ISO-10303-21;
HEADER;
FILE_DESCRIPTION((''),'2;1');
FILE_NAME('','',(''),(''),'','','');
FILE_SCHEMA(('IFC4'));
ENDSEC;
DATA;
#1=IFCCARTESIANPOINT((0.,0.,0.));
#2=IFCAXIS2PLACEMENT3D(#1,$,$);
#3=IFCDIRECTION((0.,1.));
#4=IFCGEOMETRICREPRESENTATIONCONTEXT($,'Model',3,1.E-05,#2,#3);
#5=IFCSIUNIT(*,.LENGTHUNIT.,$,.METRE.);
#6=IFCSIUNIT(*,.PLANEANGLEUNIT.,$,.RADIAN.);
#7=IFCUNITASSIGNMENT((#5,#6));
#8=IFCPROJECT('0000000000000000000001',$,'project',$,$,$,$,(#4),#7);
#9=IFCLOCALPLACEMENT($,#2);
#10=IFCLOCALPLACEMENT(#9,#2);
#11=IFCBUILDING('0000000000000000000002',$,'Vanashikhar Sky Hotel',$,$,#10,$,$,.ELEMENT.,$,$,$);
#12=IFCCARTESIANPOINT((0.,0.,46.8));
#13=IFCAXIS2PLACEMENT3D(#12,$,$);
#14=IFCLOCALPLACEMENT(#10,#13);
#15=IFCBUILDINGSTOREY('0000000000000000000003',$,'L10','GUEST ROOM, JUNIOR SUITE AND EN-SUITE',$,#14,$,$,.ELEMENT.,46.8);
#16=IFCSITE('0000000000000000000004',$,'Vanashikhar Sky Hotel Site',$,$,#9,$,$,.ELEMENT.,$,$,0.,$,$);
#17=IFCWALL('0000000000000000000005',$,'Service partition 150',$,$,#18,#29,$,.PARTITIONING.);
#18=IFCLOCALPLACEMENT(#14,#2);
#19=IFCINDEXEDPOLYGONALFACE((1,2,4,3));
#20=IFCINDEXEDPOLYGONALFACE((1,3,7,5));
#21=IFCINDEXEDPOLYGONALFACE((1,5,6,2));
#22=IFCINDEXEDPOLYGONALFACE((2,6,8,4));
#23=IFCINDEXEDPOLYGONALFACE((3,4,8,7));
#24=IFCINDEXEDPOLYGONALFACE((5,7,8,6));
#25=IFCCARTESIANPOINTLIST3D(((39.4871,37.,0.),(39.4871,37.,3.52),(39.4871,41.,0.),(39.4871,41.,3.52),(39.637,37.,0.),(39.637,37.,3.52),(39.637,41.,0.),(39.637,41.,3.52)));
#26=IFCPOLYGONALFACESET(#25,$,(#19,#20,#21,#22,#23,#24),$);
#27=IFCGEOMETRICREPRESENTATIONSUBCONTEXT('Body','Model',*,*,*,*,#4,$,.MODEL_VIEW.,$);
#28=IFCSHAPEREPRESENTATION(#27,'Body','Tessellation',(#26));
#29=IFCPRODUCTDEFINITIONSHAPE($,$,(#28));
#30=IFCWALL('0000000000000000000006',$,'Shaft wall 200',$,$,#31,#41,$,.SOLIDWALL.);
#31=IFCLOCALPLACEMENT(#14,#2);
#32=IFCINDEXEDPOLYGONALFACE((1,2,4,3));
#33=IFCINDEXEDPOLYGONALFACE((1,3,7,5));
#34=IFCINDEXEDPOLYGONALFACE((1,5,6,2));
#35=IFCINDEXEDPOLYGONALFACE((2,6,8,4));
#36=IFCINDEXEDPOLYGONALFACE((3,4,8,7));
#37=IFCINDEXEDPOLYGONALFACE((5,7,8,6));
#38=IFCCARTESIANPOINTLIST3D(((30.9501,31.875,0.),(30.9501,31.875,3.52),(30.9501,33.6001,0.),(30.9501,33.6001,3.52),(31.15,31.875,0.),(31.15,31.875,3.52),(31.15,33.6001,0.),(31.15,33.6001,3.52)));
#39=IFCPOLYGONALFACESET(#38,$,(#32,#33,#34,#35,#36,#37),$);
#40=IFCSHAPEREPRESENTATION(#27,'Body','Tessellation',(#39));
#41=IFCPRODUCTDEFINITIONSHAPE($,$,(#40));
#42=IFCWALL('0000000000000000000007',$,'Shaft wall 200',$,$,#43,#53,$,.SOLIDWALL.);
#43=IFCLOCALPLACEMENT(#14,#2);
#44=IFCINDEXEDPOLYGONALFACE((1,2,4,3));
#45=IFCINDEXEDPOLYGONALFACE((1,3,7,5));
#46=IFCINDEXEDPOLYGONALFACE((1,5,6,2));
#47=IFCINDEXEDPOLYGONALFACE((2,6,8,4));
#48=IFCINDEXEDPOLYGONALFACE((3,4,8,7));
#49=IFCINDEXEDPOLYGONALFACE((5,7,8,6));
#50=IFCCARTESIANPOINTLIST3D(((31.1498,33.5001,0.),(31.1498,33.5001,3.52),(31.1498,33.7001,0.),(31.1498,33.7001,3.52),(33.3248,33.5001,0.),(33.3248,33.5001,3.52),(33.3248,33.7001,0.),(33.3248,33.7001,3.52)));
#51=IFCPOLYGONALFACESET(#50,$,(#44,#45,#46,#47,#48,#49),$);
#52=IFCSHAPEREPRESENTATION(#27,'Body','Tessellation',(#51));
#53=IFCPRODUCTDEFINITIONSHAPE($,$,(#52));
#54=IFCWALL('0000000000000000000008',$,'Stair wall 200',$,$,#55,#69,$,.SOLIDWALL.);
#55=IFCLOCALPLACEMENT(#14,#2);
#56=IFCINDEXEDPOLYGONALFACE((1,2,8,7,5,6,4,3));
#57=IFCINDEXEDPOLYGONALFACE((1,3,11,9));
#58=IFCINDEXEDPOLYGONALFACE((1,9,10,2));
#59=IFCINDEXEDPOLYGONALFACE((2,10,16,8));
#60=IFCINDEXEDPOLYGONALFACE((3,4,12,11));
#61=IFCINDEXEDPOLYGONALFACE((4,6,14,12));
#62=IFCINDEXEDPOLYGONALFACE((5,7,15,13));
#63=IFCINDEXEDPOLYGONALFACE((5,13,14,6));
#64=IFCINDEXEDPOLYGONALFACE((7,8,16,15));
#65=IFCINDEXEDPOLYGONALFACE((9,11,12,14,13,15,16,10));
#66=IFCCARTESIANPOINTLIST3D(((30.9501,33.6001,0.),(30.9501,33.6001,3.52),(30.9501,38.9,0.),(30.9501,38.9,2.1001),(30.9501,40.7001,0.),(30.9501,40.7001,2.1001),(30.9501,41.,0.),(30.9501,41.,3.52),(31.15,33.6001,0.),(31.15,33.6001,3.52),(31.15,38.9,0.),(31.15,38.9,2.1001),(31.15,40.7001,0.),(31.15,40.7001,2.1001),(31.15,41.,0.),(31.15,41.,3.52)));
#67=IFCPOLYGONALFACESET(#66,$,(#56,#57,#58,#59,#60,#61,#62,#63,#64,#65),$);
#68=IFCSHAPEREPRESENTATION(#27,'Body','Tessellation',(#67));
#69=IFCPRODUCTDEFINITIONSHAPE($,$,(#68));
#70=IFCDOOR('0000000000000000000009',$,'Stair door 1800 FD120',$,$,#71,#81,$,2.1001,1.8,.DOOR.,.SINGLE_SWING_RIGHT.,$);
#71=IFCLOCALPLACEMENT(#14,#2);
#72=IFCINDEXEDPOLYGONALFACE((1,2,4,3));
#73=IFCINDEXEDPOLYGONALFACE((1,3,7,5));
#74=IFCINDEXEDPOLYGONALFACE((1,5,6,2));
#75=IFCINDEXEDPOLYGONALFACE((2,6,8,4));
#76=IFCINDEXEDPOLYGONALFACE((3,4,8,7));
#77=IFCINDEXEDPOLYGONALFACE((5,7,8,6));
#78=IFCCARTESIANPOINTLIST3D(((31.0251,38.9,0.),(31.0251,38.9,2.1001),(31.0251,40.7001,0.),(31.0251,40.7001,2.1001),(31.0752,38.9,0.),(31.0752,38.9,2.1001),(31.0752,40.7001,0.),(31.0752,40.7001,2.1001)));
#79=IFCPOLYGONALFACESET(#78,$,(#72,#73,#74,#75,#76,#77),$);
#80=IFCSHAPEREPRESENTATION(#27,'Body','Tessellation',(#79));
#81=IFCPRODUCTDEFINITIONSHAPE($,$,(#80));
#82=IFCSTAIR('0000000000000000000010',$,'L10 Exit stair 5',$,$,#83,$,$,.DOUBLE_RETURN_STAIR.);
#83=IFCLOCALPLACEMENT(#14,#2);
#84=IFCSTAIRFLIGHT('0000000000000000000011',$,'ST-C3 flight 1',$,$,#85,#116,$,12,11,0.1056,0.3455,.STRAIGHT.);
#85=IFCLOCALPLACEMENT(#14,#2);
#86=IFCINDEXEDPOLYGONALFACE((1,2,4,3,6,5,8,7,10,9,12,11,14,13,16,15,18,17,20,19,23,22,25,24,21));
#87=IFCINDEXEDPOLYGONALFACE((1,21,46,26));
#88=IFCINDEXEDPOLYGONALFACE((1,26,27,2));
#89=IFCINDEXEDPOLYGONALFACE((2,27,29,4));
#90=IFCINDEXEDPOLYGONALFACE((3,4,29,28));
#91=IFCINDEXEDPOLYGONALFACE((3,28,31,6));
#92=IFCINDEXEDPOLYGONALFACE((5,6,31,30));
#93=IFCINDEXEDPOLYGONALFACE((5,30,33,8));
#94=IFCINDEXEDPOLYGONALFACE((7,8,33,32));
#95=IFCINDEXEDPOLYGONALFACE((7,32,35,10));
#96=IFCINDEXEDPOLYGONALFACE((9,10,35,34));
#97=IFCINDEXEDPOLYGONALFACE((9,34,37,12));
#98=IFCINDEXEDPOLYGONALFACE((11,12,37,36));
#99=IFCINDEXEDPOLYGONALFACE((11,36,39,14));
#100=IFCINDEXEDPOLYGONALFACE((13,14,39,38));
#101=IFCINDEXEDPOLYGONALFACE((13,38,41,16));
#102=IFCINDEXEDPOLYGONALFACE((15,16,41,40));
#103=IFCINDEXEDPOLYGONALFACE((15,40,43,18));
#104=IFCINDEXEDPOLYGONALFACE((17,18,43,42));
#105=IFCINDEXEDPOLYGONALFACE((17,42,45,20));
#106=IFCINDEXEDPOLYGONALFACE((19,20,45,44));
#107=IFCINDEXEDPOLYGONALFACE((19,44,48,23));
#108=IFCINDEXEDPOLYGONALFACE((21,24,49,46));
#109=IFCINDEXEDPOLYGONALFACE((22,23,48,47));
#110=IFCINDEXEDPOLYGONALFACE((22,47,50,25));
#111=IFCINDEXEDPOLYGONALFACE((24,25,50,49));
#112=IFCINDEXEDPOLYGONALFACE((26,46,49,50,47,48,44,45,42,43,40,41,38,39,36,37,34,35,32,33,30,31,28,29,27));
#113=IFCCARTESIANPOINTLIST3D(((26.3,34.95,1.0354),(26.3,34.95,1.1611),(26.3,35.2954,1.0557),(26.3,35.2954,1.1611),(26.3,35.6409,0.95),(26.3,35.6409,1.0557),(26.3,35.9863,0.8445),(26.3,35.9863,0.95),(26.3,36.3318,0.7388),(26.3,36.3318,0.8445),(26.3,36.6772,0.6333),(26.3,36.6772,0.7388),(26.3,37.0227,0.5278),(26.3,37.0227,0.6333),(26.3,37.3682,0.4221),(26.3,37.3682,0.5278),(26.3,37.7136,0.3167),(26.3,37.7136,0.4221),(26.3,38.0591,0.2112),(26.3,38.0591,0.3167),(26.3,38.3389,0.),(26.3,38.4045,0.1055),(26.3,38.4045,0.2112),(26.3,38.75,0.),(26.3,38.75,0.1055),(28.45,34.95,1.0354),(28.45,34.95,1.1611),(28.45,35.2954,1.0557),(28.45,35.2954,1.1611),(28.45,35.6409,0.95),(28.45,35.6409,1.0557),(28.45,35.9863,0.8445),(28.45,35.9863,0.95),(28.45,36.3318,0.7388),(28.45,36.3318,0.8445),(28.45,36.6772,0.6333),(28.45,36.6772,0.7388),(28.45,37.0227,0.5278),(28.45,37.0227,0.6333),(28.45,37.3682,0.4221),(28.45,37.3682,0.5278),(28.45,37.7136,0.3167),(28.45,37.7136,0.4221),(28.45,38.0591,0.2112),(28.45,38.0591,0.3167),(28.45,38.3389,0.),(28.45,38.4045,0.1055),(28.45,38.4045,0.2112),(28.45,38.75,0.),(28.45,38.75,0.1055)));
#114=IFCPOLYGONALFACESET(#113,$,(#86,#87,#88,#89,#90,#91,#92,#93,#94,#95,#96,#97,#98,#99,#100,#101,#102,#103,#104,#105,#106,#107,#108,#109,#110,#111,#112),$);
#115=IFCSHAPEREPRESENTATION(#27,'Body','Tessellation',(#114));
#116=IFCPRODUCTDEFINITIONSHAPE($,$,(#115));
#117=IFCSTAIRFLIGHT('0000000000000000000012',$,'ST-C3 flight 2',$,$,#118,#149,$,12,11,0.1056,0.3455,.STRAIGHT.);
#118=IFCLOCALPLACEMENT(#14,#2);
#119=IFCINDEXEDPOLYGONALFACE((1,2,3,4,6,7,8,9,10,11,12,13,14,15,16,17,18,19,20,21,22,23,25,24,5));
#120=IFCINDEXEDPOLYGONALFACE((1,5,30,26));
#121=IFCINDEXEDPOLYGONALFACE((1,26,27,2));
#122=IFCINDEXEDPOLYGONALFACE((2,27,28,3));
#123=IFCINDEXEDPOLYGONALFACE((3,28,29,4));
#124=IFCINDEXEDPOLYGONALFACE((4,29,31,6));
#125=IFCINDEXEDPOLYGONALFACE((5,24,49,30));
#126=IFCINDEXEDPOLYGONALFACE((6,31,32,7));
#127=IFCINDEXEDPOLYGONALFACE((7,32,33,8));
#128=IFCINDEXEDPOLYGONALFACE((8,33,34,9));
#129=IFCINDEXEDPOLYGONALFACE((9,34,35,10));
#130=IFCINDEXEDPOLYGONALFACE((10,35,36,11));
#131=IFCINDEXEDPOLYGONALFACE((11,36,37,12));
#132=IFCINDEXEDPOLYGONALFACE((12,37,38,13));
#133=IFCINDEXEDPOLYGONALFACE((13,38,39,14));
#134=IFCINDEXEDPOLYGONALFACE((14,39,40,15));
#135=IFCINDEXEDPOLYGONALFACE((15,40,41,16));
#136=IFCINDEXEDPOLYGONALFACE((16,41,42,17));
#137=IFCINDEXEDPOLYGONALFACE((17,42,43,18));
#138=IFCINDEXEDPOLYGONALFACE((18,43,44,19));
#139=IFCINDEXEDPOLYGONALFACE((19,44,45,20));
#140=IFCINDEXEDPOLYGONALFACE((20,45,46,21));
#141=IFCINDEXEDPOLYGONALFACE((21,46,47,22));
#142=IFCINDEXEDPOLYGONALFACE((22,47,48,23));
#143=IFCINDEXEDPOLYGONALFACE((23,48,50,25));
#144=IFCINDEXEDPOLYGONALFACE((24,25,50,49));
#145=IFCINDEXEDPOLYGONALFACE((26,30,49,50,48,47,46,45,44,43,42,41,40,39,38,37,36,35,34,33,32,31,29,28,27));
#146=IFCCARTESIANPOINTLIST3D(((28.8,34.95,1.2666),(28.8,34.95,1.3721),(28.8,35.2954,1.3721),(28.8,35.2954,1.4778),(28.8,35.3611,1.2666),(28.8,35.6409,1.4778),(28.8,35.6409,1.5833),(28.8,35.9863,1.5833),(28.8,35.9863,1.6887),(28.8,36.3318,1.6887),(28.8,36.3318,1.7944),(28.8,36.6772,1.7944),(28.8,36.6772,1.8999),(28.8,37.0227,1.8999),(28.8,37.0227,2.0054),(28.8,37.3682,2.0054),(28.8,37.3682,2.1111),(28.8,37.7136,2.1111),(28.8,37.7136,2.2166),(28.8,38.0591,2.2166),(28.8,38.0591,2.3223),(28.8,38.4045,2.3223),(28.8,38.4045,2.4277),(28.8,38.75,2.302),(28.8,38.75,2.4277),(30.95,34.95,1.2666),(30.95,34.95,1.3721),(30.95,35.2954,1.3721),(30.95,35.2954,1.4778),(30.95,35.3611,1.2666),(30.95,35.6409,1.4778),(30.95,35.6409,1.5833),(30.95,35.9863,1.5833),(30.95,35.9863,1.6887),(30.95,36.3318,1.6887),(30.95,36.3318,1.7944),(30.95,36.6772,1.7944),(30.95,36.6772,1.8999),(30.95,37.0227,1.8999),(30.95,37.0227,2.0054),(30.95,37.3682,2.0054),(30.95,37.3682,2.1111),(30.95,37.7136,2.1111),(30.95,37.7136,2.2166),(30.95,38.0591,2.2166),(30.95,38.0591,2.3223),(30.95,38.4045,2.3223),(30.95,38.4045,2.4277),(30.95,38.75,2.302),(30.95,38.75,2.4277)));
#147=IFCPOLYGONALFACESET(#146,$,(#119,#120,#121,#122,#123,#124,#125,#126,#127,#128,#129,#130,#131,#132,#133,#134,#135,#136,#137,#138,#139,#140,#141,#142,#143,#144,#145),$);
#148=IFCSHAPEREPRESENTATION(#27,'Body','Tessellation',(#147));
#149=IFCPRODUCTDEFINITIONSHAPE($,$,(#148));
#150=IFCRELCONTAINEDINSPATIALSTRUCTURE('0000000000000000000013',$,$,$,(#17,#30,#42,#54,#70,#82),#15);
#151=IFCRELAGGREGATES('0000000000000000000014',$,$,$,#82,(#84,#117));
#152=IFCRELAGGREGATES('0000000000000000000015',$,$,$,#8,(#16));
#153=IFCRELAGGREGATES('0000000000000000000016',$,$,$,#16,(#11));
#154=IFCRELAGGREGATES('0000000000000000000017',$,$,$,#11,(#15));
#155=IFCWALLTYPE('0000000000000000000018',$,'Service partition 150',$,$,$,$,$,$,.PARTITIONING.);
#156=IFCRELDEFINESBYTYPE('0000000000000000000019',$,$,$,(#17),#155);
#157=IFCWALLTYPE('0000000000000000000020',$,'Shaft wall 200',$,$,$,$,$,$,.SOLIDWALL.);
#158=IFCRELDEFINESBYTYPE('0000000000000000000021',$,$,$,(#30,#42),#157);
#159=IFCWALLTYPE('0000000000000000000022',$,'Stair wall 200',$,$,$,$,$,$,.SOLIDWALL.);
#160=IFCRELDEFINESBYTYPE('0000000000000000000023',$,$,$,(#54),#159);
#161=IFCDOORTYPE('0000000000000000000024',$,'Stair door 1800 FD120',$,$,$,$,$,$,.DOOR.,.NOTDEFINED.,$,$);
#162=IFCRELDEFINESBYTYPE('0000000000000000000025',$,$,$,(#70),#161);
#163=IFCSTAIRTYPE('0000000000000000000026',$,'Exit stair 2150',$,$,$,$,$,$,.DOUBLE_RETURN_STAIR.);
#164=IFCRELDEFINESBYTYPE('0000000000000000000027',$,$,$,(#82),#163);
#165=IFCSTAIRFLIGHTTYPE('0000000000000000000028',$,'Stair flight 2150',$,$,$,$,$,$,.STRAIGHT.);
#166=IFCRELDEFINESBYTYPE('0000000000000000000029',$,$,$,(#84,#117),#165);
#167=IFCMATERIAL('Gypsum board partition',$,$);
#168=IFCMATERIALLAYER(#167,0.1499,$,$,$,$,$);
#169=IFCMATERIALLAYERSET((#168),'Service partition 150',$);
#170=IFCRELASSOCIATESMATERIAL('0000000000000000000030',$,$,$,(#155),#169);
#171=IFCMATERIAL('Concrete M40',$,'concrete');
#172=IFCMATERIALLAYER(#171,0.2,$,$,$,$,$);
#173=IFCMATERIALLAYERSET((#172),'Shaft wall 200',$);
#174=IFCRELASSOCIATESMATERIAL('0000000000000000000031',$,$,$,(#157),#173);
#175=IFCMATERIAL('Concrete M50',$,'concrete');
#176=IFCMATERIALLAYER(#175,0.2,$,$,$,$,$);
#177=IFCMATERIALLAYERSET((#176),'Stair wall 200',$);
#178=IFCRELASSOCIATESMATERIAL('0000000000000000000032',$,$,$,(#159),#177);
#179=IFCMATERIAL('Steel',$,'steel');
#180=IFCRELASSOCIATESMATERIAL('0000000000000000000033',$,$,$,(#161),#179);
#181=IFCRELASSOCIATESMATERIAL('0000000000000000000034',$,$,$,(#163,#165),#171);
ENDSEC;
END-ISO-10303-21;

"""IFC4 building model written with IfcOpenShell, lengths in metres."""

from ifc_helpers import new_model, si_unit, direction, frame, frame_2d, origin, place, context, subcontext, project, spatial, polyline, rectangle, outline, extrude, source, transform, mapped, material, layer, layer_set, type_object, element, fill, aggregate, save


model = new_model("IFC4")

# Units and contexts
model_context = context("Model", 3, precision=1e-05, world=origin(), true_north=direction((0.0, 1.0)))
body_context = subcontext(model_context, "Body", "Model", "MODEL_VIEW")
ifc_project = project(units=[si_unit("LENGTHUNIT", "METRE"), si_unit("PLANEANGLEUNIT", "RADIAN")], contexts=[model_context])

# Site, building, storey
site_placement = place(None, origin())
site = spatial("IfcSite", under=ifc_project, at=site_placement, Name="Vanashikhar Sky Hotel Site", CompositionType="ELEMENT", RefElevation=0.0)
building_placement = place(site_placement, origin())
building = spatial("IfcBuilding", under=site, at=building_placement, Name="Vanashikhar Sky Hotel", CompositionType="ELEMENT")
storey_placement = place(building_placement, frame((0.0, 0.0, 46.8)))
storey = spatial("IfcBuildingStorey", under=building, at=storey_placement, Name="L10", Description="GUEST ROOM, JUNIOR SUITE AND EN-SUITE", CompositionType="ELEMENT", Elevation=46.8)

# Shared definitions
ifc_material_1 = material(Name="Steel", Category="steel")
ifc_material_2 = material(Name="Gypsum board partition")
ifc_layer_1 = layer(ifc_material_2, 0.1499)
ifc_layer_set_1 = layer_set([ifc_layer_1], Name="Service partition 150")
wall_type_1 = type_object("IfcWallType", Name="Service partition 150", PredefinedType="PARTITIONING", material=ifc_layer_set_1)

# Walls
shared_shape_1 = source(origin(), body_context, "Body", "SweptSolid", [
    extrude(rectangle(XDim=4.0, YDim=0.1499, at=frame_2d((2.0, 0.0))), origin(), (0.0, 0.0, 1.0), 3.52),
])
for number, where, z_axis, x_axis, name in (
    (1, (39.562, 37.0, 0.0), (0.0, 0.0, 1.0), (0.0, 1.0, 0.0), "Service partition 150"),
):
    element("IfcWall", number, at=place(storey_placement, frame(where, z_axis=z_axis, x_axis=x_axis)), inside=storey, type_object=wall_type_1, Name=name, PredefinedType="PARTITIONING", context=body_context, shape_type="MappedRepresentation", body=[
        mapped(shared_shape_1, transform((0.0, 0.0, 0.0), scale=1.0)),
    ])
ifc_material_3 = material(Name="Concrete M40", Category="concrete")
ifc_layer_2 = layer(ifc_material_3, 0.2)
ifc_layer_set_2 = layer_set([ifc_layer_2], Name="Shaft wall 200")
wall_type_2 = type_object("IfcWallType", Name="Shaft wall 200", PredefinedType="SOLIDWALL", material=ifc_layer_set_2)
shared_shape_2 = source(origin(), body_context, "Body", "SweptSolid", [
    extrude(rectangle(XDim=1.7251, YDim=0.2, at=frame_2d((0.8625, 0.0))), origin(), (0.0, 0.0, 1.0), 3.52),
])
wall_1_placement = place(storey_placement, frame((31.05, 31.875, 0.0), z_axis=(0.0, 0.0, 1.0), x_axis=(0.0, 1.0, 0.0)))
element("IfcWall", 2, at=wall_1_placement, inside=storey, type_object=wall_type_2, Name="Shaft wall 200", PredefinedType="SOLIDWALL", context=body_context, shape_type="MappedRepresentation", body=[
    mapped(shared_shape_2, transform((0.0, 0.0, 0.0), scale=1.0)),
])
shared_shape_3 = source(origin(), body_context, "Body", "SweptSolid", [
    extrude(rectangle(XDim=2.175, YDim=0.2, at=frame_2d((1.0874, 0.0))), origin(), (0.0, 0.0, 1.0), 3.52),
])
wall_2_placement = place(storey_placement, frame((31.1499, 33.6001, 0.0), z_axis=(0.0, 0.0, 1.0), x_axis=(1.0, 0.0, 0.0)))
element("IfcWall", 3, at=wall_2_placement, inside=storey, type_object=wall_type_2, Name="Shaft wall 200", PredefinedType="SOLIDWALL", context=body_context, shape_type="MappedRepresentation", body=[
    mapped(shared_shape_3, transform((0.0, 0.0, 0.0), scale=1.0)),
])

# Wall, opening, door
ifc_material_4 = material(Name="Concrete M50", Category="concrete")
ifc_layer_3 = layer(ifc_material_4, 0.2)
ifc_layer_set_3 = layer_set([ifc_layer_3], Name="Stair wall 200")
wall_type_3 = type_object("IfcWallType", Name="Stair wall 200", PredefinedType="SOLIDWALL", material=ifc_layer_set_3)
shared_shape_4 = source(origin(), body_context, "Body", "SweptSolid", [
    extrude(rectangle(XDim=7.3999, YDim=0.2, at=frame_2d((3.7, 0.0))), origin(), (0.0, 0.0, 1.0), 3.52),
])
wall_3_placement = place(storey_placement, frame((31.05, 33.6001, 0.0), z_axis=(0.0, 0.0, 1.0), x_axis=(0.0, 1.0, 0.0)))
wall_3 = element("IfcWall", 4, at=wall_3_placement, inside=storey, type_object=wall_type_3, Name="Stair wall 200", PredefinedType="SOLIDWALL", context=body_context, shape_type="MappedRepresentation", body=[
    mapped(shared_shape_4, transform((0.0, 0.0, 0.0), scale=1.0)),
])
shared_shape_5 = source(origin(), body_context, "Body", "SweptSolid", [
    extrude(rectangle(XDim=1.8, YDim=2.1001, at=frame_2d((0.8999, 1.05))), frame((0.0, 0.1099, 0.0), z_axis=(0.0, -1.0, 0.0), x_axis=(1.0, 0.0, 0.0)), (0.0, 0.0, 1.0), 0.22),
])
opening_1_placement = place(wall_3_placement, frame((5.3, 0.0, 0.0)))
opening_1 = element("IfcOpeningElement", 5, at=opening_1_placement, cuts=wall_3, PredefinedType="OPENING", context=body_context, shape_type="MappedRepresentation", body=[
    mapped(shared_shape_5, transform((0.0, 0.0, 0.0), scale=1.0)),
])
door_type_1 = type_object("IfcDoorType", Name="Stair door 1800 FD120", OperationType="NOTDEFINED", PredefinedType="DOOR", material=ifc_material_1)
shared_shape_6 = source(origin(), body_context, "Body", "SweptSolid", [
    extrude(rectangle(XDim=1.8, YDim=2.1001, at=frame_2d((0.8999, 1.05))), frame((0.0, 0.0249, 0.0), z_axis=(0.0, -1.0, 0.0), x_axis=(1.0, 0.0, 0.0)), (0.0, 0.0, 1.0), 0.05),
])
door_1_placement = place(opening_1_placement, origin())
door_1 = element("IfcDoor", 6, at=door_1_placement, inside=storey, type_object=door_type_1, Name="Stair door 1800 FD120", OperationType="SINGLE_SWING_RIGHT", OverallHeight=2.1001, OverallWidth=1.8, PredefinedType="DOOR", context=body_context, shape_type="MappedRepresentation", body=[
    mapped(shared_shape_6, transform((0.0, 0.0, 0.0), scale=1.0)),
])
fill(opening_1, door_1)

# Stair, stair flights
stair_type = type_object("IfcStairType", Name="Exit stair 2150", PredefinedType="DOUBLE_RETURN_STAIR", material=ifc_material_3)
stair_placement = place(storey_placement, origin())
stair = element("IfcStair", 7, at=stair_placement, inside=storey, type_object=stair_type, Name="L10 Exit stair 5", PredefinedType="DOUBLE_RETURN_STAIR")
stair_flight_type = type_object("IfcStairFlightType", Name="Stair flight 2150", PredefinedType="STRAIGHT", material=ifc_material_3)
shared_shape_7 = source(origin(), body_context, "Body", "SweptSolid", [
    extrude(outline(polyline([(0.0, 0.0), (0.0, 0.1055), (0.3455, 0.1055), (0.3455, 0.2112), (0.6909, 0.2112), (0.6909, 0.3167), (1.0364, 0.3167), (1.0364, 0.4221), (1.3818, 0.4221), (1.3818, 0.5278), (1.7273, 0.5278), (1.7273, 0.6333), (2.0728, 0.6333), (2.0728, 0.7388), (2.4182, 0.7388), (2.4182, 0.8445), (2.7637, 0.8445), (2.7637, 0.95), (3.1091, 0.95), (3.1091, 1.0557), (3.4546, 1.0557), (3.4546, 1.1611), (3.8, 1.1611), (3.8, 1.2666), (3.8, 1.0354), (0.4111, 0.0), (0.0, 0.0)])), frame((0.0, 1.075, 0.0), z_axis=(0.0, -1.0, 0.0), x_axis=(1.0, 0.0, 0.0)), (0.0, 0.0, 1.0), 2.1499),
])
stair_flight_1_placement = place(storey_placement, frame((27.375, 38.75, 0.0), z_axis=(0.0, 0.0, 1.0), x_axis=(0.0, -1.0, 0.0)))
stair_flight_1 = element("IfcStairFlight", 8, at=stair_flight_1_placement, type_object=stair_flight_type, Name="ST-C3 flight 1", NumberOfRisers=12, NumberOfTreads=11, PredefinedType="STRAIGHT", RiserHeight=0.1056, TreadLength=0.3455, context=body_context, shape_type="MappedRepresentation", body=[
    mapped(shared_shape_7, transform((0.0, 0.0, 0.0), scale=1.0)),
])
stair_flight_2_placement = place(storey_placement, frame((29.875, 34.95, 1.2666), z_axis=(0.0, 0.0, 1.0), x_axis=(0.0, 1.0, 0.0)))
stair_flight_2 = element("IfcStairFlight", 9, at=stair_flight_2_placement, type_object=stair_flight_type, Name="ST-C3 flight 2", NumberOfRisers=12, NumberOfTreads=11, PredefinedType="STRAIGHT", RiserHeight=0.1056, TreadLength=0.3455, context=body_context, shape_type="MappedRepresentation", body=[
    mapped(shared_shape_7, transform((0.0, 0.0, 0.0), scale=1.0)),
])
aggregate(stair, [stair_flight_1, stair_flight_2])

save(model, "model.ifc")
